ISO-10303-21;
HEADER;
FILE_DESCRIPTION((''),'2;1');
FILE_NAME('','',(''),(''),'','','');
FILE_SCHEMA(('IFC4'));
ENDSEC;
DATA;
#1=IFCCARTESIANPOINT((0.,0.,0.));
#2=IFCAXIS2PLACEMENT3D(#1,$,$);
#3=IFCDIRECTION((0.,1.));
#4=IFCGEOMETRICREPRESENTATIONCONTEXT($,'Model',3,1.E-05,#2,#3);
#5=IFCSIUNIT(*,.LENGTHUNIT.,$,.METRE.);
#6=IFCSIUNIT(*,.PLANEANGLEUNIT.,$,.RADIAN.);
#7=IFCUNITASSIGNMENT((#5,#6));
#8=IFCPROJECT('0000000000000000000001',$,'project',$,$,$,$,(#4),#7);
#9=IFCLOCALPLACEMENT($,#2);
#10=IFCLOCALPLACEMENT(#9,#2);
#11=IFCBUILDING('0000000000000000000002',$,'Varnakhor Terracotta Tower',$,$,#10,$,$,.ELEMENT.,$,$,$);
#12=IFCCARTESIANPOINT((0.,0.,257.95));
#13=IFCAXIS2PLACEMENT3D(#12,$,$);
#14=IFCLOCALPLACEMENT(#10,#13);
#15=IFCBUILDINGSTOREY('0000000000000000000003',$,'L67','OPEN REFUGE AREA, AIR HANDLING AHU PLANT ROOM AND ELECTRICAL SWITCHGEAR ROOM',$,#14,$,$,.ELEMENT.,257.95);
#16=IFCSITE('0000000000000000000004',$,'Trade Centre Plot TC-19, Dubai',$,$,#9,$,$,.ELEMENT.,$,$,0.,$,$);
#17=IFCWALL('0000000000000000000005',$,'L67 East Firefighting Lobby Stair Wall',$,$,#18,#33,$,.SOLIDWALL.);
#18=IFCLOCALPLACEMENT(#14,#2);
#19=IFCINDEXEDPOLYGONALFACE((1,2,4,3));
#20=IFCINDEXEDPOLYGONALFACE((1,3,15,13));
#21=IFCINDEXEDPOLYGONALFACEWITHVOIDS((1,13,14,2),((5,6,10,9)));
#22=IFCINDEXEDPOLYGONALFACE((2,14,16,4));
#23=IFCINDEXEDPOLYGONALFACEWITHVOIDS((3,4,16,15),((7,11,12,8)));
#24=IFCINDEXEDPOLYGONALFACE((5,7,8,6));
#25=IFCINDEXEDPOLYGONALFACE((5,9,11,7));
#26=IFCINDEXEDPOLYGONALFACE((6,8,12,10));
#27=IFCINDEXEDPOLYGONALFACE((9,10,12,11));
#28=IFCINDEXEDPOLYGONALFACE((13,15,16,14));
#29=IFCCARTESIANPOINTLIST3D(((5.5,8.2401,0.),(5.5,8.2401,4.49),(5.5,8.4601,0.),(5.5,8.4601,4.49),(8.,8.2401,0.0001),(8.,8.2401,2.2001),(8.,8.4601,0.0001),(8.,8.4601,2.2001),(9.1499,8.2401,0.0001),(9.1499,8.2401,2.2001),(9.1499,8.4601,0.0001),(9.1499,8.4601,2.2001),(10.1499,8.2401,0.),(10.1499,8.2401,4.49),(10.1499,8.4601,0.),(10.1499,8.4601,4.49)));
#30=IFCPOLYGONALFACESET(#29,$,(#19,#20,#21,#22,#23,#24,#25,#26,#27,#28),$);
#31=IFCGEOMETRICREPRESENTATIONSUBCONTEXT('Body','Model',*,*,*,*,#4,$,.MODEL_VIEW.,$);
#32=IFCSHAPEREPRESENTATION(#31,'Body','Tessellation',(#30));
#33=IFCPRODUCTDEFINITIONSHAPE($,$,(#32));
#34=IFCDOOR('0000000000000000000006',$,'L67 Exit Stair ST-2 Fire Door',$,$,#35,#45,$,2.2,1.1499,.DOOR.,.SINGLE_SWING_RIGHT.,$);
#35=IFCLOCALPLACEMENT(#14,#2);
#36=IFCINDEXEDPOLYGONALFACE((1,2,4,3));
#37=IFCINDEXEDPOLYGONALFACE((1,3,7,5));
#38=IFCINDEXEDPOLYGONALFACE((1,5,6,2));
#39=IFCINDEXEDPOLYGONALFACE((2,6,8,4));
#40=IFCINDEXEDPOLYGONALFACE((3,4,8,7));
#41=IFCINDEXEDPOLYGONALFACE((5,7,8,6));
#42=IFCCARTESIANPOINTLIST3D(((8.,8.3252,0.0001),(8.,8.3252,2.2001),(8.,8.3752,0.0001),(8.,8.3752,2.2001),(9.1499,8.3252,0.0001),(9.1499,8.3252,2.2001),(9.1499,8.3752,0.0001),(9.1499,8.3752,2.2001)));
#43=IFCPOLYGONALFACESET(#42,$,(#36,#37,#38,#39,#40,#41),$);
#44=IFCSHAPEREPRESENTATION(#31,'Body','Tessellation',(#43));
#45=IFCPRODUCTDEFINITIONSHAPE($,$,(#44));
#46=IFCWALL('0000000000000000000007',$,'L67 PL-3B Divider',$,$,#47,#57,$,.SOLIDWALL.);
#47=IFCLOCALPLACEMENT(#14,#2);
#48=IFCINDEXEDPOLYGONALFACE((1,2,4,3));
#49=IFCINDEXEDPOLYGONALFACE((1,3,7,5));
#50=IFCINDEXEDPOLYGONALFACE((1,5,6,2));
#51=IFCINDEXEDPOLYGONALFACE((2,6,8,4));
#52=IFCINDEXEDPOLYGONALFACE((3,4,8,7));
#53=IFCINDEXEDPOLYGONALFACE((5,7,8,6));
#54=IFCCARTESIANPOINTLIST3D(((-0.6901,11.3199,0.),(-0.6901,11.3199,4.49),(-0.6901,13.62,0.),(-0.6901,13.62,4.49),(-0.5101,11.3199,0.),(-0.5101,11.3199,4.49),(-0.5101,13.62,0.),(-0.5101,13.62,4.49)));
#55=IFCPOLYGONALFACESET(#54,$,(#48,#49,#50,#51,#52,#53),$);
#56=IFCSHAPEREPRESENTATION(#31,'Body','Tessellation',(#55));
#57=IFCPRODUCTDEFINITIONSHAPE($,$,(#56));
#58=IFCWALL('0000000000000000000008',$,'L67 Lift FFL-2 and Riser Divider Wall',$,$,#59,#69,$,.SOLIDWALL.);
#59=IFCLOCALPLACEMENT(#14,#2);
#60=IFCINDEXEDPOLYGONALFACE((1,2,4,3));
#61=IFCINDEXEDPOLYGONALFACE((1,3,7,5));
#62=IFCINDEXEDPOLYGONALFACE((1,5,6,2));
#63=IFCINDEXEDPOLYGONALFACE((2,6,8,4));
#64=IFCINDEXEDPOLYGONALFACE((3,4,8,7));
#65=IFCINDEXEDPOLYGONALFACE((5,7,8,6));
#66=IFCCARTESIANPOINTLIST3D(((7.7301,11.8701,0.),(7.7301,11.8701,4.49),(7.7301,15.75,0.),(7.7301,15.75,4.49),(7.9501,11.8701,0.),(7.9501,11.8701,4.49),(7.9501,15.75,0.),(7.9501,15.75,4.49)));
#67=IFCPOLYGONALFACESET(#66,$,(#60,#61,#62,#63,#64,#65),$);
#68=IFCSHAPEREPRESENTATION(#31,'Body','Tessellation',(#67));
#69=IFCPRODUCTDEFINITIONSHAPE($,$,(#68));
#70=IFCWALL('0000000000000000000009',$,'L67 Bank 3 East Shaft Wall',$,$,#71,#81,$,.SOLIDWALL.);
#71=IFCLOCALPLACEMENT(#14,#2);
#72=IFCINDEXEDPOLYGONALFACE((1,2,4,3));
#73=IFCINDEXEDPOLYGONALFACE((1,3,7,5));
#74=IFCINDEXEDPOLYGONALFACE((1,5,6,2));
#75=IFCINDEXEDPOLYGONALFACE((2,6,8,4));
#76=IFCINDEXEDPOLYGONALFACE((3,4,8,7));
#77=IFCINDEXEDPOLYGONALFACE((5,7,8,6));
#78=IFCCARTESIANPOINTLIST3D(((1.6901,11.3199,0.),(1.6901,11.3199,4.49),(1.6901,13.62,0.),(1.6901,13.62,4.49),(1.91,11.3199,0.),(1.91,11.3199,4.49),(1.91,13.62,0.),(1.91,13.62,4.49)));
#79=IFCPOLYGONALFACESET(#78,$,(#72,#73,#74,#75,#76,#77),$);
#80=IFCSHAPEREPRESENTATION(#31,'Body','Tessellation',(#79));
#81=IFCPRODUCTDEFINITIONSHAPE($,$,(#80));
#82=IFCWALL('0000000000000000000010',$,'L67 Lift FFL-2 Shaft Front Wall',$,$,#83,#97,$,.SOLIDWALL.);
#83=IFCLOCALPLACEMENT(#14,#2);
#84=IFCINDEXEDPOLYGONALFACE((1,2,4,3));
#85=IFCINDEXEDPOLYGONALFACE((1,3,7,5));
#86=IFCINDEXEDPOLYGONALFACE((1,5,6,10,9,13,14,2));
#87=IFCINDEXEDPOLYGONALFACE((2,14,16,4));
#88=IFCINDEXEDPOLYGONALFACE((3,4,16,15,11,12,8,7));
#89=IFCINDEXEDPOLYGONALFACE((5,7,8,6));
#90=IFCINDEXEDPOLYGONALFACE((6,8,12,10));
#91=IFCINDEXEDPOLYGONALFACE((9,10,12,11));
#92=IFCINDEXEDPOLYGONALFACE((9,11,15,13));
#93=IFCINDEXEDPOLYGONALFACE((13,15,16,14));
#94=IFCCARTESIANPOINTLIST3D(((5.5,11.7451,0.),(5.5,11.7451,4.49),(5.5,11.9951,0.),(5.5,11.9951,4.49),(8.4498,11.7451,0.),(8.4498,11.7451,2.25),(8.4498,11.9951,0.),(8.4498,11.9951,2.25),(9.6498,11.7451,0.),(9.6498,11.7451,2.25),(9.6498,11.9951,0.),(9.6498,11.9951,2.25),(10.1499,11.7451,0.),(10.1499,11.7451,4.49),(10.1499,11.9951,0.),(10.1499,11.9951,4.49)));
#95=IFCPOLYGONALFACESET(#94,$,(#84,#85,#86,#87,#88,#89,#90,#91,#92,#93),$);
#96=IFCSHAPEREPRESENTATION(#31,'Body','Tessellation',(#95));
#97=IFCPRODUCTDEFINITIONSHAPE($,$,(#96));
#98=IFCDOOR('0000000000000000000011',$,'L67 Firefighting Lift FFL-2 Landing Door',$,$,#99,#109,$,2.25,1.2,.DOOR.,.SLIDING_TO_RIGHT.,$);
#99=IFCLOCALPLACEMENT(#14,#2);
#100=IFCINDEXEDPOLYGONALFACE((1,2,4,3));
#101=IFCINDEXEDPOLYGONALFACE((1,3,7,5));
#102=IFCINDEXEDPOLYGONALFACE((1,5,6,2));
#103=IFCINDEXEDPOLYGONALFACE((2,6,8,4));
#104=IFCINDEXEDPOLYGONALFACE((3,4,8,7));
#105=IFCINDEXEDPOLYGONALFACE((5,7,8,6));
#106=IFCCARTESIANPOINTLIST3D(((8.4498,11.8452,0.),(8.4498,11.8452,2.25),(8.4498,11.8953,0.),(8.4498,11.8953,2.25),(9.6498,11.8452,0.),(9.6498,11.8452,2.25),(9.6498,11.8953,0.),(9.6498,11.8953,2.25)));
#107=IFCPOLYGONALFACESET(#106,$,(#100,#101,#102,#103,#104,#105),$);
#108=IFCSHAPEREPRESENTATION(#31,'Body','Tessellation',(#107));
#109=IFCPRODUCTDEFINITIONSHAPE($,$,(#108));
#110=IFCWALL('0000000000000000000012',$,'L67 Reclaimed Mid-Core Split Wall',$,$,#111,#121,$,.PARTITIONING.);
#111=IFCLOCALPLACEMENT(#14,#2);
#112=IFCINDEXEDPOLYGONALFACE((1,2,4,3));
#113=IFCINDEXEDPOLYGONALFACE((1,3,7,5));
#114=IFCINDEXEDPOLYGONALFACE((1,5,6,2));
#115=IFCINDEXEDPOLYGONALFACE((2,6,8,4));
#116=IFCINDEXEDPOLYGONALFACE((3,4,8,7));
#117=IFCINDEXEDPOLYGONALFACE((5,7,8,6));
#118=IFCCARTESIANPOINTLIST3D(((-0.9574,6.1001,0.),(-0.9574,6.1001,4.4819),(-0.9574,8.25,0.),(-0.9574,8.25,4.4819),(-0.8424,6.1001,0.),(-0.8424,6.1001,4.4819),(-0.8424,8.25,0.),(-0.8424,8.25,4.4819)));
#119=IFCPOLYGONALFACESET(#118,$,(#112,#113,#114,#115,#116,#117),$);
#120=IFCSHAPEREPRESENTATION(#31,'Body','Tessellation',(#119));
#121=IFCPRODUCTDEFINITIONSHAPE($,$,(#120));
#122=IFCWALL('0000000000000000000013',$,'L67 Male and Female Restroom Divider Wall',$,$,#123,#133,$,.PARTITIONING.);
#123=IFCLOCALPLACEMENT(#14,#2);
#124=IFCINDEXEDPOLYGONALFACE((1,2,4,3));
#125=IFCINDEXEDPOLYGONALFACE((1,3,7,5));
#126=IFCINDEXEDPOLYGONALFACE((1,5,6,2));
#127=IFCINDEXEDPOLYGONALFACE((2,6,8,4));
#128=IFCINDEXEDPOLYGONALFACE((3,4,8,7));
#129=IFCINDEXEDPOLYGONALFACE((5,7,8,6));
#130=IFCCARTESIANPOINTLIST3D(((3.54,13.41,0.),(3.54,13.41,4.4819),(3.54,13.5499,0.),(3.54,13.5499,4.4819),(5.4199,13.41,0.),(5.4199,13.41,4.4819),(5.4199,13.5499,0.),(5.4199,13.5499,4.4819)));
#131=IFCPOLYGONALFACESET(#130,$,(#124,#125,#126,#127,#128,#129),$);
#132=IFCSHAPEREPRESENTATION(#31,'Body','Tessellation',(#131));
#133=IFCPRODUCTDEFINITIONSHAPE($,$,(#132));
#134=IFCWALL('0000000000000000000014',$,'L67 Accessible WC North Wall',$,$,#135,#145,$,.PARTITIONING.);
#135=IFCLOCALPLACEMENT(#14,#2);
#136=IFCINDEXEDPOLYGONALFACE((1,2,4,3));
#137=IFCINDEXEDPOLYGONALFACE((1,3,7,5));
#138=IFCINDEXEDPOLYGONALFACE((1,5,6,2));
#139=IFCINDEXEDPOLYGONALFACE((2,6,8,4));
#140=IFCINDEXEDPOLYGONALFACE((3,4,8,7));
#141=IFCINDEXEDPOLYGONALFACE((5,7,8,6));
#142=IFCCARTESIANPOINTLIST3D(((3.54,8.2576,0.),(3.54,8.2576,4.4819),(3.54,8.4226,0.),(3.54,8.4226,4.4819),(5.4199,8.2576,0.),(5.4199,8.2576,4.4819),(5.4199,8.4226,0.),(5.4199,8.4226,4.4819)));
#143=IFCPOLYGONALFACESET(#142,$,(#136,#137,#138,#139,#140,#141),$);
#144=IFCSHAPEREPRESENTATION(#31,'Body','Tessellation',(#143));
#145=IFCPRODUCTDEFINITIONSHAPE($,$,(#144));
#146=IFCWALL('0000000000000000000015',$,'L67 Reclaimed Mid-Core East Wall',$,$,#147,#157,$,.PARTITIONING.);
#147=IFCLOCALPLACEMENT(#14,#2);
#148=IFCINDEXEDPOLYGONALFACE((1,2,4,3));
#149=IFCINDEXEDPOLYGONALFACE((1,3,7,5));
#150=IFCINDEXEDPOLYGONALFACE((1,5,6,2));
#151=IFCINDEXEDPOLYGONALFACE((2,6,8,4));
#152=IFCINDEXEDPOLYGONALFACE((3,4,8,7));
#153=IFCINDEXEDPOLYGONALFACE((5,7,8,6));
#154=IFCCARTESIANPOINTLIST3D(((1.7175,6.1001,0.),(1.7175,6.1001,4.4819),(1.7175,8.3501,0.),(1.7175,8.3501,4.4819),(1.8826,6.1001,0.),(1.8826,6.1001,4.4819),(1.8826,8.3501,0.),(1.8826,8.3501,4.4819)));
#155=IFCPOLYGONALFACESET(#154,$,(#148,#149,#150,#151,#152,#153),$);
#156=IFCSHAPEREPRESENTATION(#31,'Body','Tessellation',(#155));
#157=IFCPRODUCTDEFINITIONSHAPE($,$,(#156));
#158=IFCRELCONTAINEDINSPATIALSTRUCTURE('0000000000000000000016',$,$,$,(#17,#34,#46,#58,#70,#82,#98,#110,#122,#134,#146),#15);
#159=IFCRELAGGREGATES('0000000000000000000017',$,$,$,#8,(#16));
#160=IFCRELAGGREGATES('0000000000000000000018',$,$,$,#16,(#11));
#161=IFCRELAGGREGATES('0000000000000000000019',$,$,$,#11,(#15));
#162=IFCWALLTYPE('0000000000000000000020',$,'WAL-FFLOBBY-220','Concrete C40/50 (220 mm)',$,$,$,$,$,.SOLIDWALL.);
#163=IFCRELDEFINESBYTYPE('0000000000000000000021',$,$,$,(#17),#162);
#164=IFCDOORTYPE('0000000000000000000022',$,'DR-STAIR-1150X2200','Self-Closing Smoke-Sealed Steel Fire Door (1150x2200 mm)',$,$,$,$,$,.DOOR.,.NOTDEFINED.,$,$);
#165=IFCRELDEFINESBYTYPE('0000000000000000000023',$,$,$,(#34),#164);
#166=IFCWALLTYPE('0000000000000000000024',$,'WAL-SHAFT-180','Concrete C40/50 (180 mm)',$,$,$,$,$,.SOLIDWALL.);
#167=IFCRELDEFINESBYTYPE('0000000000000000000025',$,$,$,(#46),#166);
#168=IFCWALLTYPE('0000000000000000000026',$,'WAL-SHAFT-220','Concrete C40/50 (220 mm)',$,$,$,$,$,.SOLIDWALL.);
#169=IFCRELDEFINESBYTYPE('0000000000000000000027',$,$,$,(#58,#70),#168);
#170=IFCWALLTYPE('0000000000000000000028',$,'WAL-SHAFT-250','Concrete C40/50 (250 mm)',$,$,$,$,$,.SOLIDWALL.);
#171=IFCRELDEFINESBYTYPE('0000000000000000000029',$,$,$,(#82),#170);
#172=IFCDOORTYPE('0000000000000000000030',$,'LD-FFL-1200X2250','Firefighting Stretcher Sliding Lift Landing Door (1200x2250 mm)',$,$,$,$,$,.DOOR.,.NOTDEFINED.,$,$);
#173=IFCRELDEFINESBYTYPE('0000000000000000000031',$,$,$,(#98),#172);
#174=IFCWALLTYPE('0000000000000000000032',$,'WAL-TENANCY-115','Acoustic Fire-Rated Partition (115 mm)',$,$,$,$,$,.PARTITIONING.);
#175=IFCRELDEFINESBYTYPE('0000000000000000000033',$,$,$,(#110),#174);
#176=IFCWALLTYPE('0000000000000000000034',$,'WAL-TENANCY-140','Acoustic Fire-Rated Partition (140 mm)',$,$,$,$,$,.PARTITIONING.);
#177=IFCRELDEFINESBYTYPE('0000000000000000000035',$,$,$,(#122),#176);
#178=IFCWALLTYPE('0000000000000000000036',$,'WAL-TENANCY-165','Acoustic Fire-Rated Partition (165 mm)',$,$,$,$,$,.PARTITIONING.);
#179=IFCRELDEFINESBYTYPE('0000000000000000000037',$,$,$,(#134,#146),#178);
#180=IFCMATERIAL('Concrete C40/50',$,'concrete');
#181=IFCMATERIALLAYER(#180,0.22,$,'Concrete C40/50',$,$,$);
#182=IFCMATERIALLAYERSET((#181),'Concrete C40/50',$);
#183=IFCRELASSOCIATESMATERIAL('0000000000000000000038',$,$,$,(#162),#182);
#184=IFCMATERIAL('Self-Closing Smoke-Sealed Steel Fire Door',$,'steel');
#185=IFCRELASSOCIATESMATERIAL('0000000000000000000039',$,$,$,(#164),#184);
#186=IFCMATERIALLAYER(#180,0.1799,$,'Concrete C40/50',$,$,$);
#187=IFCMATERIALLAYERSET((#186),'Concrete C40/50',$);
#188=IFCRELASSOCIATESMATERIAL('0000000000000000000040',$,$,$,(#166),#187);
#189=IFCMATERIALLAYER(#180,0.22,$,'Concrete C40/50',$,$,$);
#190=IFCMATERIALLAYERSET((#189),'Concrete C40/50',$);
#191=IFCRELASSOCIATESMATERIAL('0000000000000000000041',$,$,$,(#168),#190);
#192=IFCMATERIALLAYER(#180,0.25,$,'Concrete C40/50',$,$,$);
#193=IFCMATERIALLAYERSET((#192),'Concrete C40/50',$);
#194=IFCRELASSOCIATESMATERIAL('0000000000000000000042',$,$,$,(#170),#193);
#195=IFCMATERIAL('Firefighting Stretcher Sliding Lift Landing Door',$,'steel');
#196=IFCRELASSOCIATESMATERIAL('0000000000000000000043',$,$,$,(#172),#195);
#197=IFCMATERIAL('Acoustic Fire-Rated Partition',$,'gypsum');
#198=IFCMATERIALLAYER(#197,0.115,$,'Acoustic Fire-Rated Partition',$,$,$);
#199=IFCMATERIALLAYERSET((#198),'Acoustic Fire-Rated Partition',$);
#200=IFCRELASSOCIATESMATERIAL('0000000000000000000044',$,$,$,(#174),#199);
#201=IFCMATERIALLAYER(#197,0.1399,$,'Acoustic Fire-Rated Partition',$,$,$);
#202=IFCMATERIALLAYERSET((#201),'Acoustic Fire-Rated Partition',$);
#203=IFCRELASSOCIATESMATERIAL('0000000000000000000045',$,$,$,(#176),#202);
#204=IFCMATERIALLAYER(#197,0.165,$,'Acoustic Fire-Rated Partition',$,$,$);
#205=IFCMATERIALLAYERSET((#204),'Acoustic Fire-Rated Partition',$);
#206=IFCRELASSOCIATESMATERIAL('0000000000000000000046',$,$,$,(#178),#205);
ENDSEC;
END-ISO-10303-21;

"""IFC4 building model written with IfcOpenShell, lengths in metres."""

from ifc_helpers import new_model, si_unit, direction, frame, frame_2d, origin, place, context, subcontext, project, spatial, rectangle, extrude, source, transform, mapped, material, layer, layer_set, type_object, type_shapes, element, fill, save


model = new_model("IFC4")

# Units and contexts
model_context = context("Model", 3, precision=1e-05, world=origin(), true_north=direction((0.0, 1.0)))
body_context = subcontext(model_context, "Body", "Model", "MODEL_VIEW")
ifc_project = project(units=[si_unit("LENGTHUNIT", "METRE"), si_unit("PLANEANGLEUNIT", "RADIAN")], contexts=[model_context])

# Site, building, storey
site_placement = place(None, origin())
site = spatial("IfcSite", under=ifc_project, at=site_placement, Name="Trade Centre Plot TC-19, Dubai", CompositionType="ELEMENT", RefElevation=0.0)
building_placement = place(site_placement, origin())
building = spatial("IfcBuilding", under=site, at=building_placement, Name="Varnakhor Terracotta Tower", CompositionType="ELEMENT")
storey_placement = place(building_placement, frame((0.0, 0.0, 257.95)))
storey = spatial("IfcBuildingStorey", under=building, at=storey_placement, Name="L67", Description="OPEN REFUGE AREA, AIR HANDLING AHU PLANT ROOM AND ELECTRICAL SWITCHGEAR ROOM", CompositionType="ELEMENT", Elevation=257.95)

# Wall, opening, door
ifc_material_1 = material(Name="Concrete C40/50", Category="concrete")
ifc_layer_1 = layer(ifc_material_1, 0.22, Name="Concrete C40/50")
ifc_layer_set_1 = layer_set([ifc_layer_1], Name="Concrete C40/50")
wall_type_1 = type_object("IfcWallType", Name="WAL-FFLOBBY-220", Description="Concrete C40/50 (220 mm)", PredefinedType="SOLIDWALL", material=ifc_layer_set_1)
wall_1_placement = place(storey_placement, frame((10.1499, 8.3501, 0.0), z_axis=(0.0, 0.0, 1.0), x_axis=(-1.0, 0.0, 0.0)))
wall_1 = element("IfcWall", 1, at=wall_1_placement, inside=storey, type_object=wall_type_1, Name="L67 East Firefighting Lobby Stair Wall", PredefinedType="SOLIDWALL", context=body_context, shape_type="SweptSolid", body=[
    extrude(rectangle(XDim=4.6499, YDim=0.22, at=frame_2d((2.325, 0.0))), origin(), (0.0, 0.0, 1.0), 4.49),
])
opening_1_placement = place(wall_1_placement, frame((1.0, 0.0, 0.0)))
opening_1 = element("IfcOpeningElement", 2, at=opening_1_placement, cuts=wall_1, PredefinedType="OPENING", context=body_context, shape_type="SweptSolid", body=[
    extrude(rectangle(XDim=1.1499, YDim=2.2, at=frame_2d((0.575, 1.1001))), frame((0.0, 0.1201, 0.0), z_axis=(0.0, -1.0, 0.0), x_axis=(1.0, 0.0, 0.0)), (0.0, 0.0, 1.0), 0.24),
])
ifc_material_2 = material(Name="Self-Closing Smoke-Sealed Steel Fire Door", Category="steel")
door_type_1 = type_object("IfcDoorType", Name="DR-STAIR-1150X2200", Description="Self-Closing Smoke-Sealed Steel Fire Door (1150x2200 mm)", OperationType="NOTDEFINED", PredefinedType="DOOR", material=ifc_material_2)
shared_shape_1 = source(origin(), body_context, "Body", "SweptSolid", [
    extrude(rectangle(XDim=1.1499, YDim=2.2, at=frame_2d((0.575, 1.1001))), frame((0.0, 0.0249, 0.0), z_axis=(0.0, -1.0, 0.0), x_axis=(1.0, 0.0, 0.0)), (0.0, 0.0, 1.0), 0.05),
])
type_shapes(door_type_1, [shared_shape_1])
door_1_placement = place(opening_1_placement, origin())
door_1 = element("IfcDoor", 3, at=door_1_placement, inside=storey, type_object=door_type_1, Name="L67 Exit Stair ST-2 Fire Door", OperationType="SINGLE_SWING_RIGHT", OverallHeight=2.2, OverallWidth=1.1499, PredefinedType="DOOR", context=body_context, shape_type="MappedRepresentation", body=[
    mapped(shared_shape_1, transform((0.0, 0.0, 0.0), scale=1.0)),
])
fill(opening_1, door_1)

# Walls
ifc_layer_2 = layer(ifc_material_1, 0.1799, Name="Concrete C40/50")
ifc_layer_set_2 = layer_set([ifc_layer_2], Name="Concrete C40/50")
wall_type_2 = type_object("IfcWallType", Name="WAL-SHAFT-180", Description="Concrete C40/50 (180 mm)", PredefinedType="SOLIDWALL", material=ifc_layer_set_2)
wall_2_placement = place(storey_placement, frame((-0.6001, 11.3201, 0.0), z_axis=(0.0, 0.0, 1.0), x_axis=(0.0, 1.0, 0.0)))
element("IfcWall", 4, at=wall_2_placement, inside=storey, type_object=wall_type_2, Name="L67 PL-3B Divider", PredefinedType="SOLIDWALL", context=body_context, shape_type="SweptSolid", body=[
    extrude(rectangle(XDim=2.3, YDim=0.1799, at=frame_2d((1.1499, 0.0))), origin(), (0.0, 0.0, 1.0), 4.49),
])
ifc_layer_3 = layer(ifc_material_1, 0.22, Name="Concrete C40/50")
ifc_layer_set_3 = layer_set([ifc_layer_3], Name="Concrete C40/50")
wall_type_3 = type_object("IfcWallType", Name="WAL-SHAFT-220", Description="Concrete C40/50 (220 mm)", PredefinedType="SOLIDWALL", material=ifc_layer_set_3)
wall_3_placement = place(storey_placement, frame((7.8401, 11.8701, 0.0), z_axis=(0.0, 0.0, 1.0), x_axis=(0.0, 1.0, 0.0)))
element("IfcWall", 5, at=wall_3_placement, inside=storey, type_object=wall_type_3, Name="L67 Lift FFL-2 and Riser Divider Wall", PredefinedType="SOLIDWALL", context=body_context, shape_type="SweptSolid", body=[
    extrude(rectangle(XDim=3.8799, YDim=0.22, at=frame_2d((1.9399, 0.0))), origin(), (0.0, 0.0, 1.0), 4.49),
])
wall_4_placement = place(storey_placement, frame((1.8, 11.3201, 0.0), z_axis=(0.0, 0.0, 1.0), x_axis=(0.0, 1.0, 0.0)))
element("IfcWall", 6, at=wall_4_placement, inside=storey, type_object=wall_type_3, Name="L67 Bank 3 East Shaft Wall", PredefinedType="SOLIDWALL", context=body_context, shape_type="SweptSolid", body=[
    extrude(rectangle(XDim=2.3, YDim=0.22, at=frame_2d((1.1499, 0.0))), origin(), (0.0, 0.0, 1.0), 4.49),
])

# Wall, opening, door
ifc_layer_4 = layer(ifc_material_1, 0.25, Name="Concrete C40/50")
ifc_layer_set_4 = layer_set([ifc_layer_4], Name="Concrete C40/50")
wall_type_4 = type_object("IfcWallType", Name="WAL-SHAFT-250", Description="Concrete C40/50 (250 mm)", PredefinedType="SOLIDWALL", material=ifc_layer_set_4)
wall_5_placement = place(storey_placement, frame((10.1499, 11.8701, 0.0), z_axis=(0.0, 0.0, 1.0), x_axis=(-1.0, 0.0, 0.0)))
wall_5 = element("IfcWall", 7, at=wall_5_placement, inside=storey, type_object=wall_type_4, Name="L67 Lift FFL-2 Shaft Front Wall", PredefinedType="SOLIDWALL", context=body_context, shape_type="SweptSolid", body=[
    extrude(rectangle(XDim=4.6499, YDim=0.25, at=frame_2d((2.325, 0.0))), origin(), (0.0, 0.0, 1.0), 4.49),
])
opening_2_placement = place(wall_5_placement, frame((0.5, 0.0, 0.0)))
opening_2 = element("IfcOpeningElement", 8, at=opening_2_placement, cuts=wall_5, PredefinedType="OPENING", context=body_context, shape_type="SweptSolid", body=[
    extrude(rectangle(XDim=1.2, YDim=2.25, at=frame_2d((0.6001, 1.125))), frame((0.0, 0.135, 0.0), z_axis=(0.0, -1.0, 0.0), x_axis=(1.0, 0.0, 0.0)), (0.0, 0.0, 1.0), 0.27),
])
ifc_material_3 = material(Name="Firefighting Stretcher Sliding Lift Landing Door", Category="steel")
door_type_2 = type_object("IfcDoorType", Name="LD-FFL-1200X2250", Description="Firefighting Stretcher Sliding Lift Landing Door (1200x2250 mm)", OperationType="NOTDEFINED", PredefinedType="DOOR", material=ifc_material_3)
shared_shape_2 = source(origin(), body_context, "Body", "SweptSolid", [
    extrude(rectangle(XDim=1.2, YDim=2.25, at=frame_2d((0.6001, 1.125))), frame((0.0, 0.0249, 0.0), z_axis=(0.0, -1.0, 0.0), x_axis=(1.0, 0.0, 0.0)), (0.0, 0.0, 1.0), 0.05),
])
type_shapes(door_type_2, [shared_shape_2])
door_2_placement = place(opening_2_placement, origin())
door_2 = element("IfcDoor", 9, at=door_2_placement, inside=storey, type_object=door_type_2, Name="L67 Firefighting Lift FFL-2 Landing Door", OperationType="SLIDING_TO_RIGHT", OverallHeight=2.25, OverallWidth=1.2, PredefinedType="DOOR", context=body_context, shape_type="MappedRepresentation", body=[
    mapped(shared_shape_2, transform((0.0, 0.0, 0.0), scale=1.0)),
])
fill(opening_2, door_2)

# Walls
ifc_material_4 = material(Name="Acoustic Fire-Rated Partition", Category="gypsum")
ifc_layer_5 = layer(ifc_material_4, 0.115, Name="Acoustic Fire-Rated Partition")
ifc_layer_set_5 = layer_set([ifc_layer_5], Name="Acoustic Fire-Rated Partition")
wall_type_5 = type_object("IfcWallType", Name="WAL-TENANCY-115", Description="Acoustic Fire-Rated Partition (115 mm)", PredefinedType="PARTITIONING", material=ifc_layer_set_5)
wall_6_placement = place(storey_placement, frame((-0.8999, 6.1001, 0.0), z_axis=(0.0, 0.0, 1.0), x_axis=(0.0, 1.0, 0.0)))
element("IfcWall", 10, at=wall_6_placement, inside=storey, type_object=wall_type_5, Name="L67 Reclaimed Mid-Core Split Wall", PredefinedType="PARTITIONING", context=body_context, shape_type="SweptSolid", body=[
    extrude(rectangle(XDim=2.1499, YDim=0.115, at=frame_2d((1.075, 0.0))), origin(), (0.0, 0.0, 1.0), 4.4819),
])
ifc_layer_6 = layer(ifc_material_4, 0.1399, Name="Acoustic Fire-Rated Partition")
ifc_layer_set_6 = layer_set([ifc_layer_6], Name="Acoustic Fire-Rated Partition")
wall_type_6 = type_object("IfcWallType", Name="WAL-TENANCY-140", Description="Acoustic Fire-Rated Partition (140 mm)", PredefinedType="PARTITIONING", material=ifc_layer_set_6)
wall_7_placement = place(storey_placement, frame((3.54, 13.48, 0.0), z_axis=(0.0, 0.0, 1.0), x_axis=(1.0, 0.0, 0.0)))
element("IfcWall", 11, at=wall_7_placement, inside=storey, type_object=wall_type_6, Name="L67 Male and Female Restroom Divider Wall", PredefinedType="PARTITIONING", context=body_context, shape_type="SweptSolid", body=[
    extrude(rectangle(XDim=1.8799, YDim=0.1399, at=frame_2d((0.9399, 0.0))), origin(), (0.0, 0.0, 1.0), 4.4819),
])
ifc_layer_7 = layer(ifc_material_4, 0.165, Name="Acoustic Fire-Rated Partition")
ifc_layer_set_7 = layer_set([ifc_layer_7], Name="Acoustic Fire-Rated Partition")
wall_type_7 = type_object("IfcWallType", Name="WAL-TENANCY-165", Description="Acoustic Fire-Rated Partition (165 mm)", PredefinedType="PARTITIONING", material=ifc_layer_set_7)
wall_8_placement = place(storey_placement, frame((3.54, 8.3401, 0.0), z_axis=(0.0, 0.0, 1.0), x_axis=(1.0, 0.0, 0.0)))
element("IfcWall", 12, at=wall_8_placement, inside=storey, type_object=wall_type_7, Name="L67 Accessible WC North Wall", PredefinedType="PARTITIONING", context=body_context, shape_type="SweptSolid", body=[
    extrude(rectangle(XDim=1.8799, YDim=0.165, at=frame_2d((0.9399, 0.0))), origin(), (0.0, 0.0, 1.0), 4.4819),
])
wall_9_placement = place(storey_placement, frame((1.8, 6.1001, 0.0), z_axis=(0.0, 0.0, 1.0), x_axis=(0.0, 1.0, 0.0)))
element("IfcWall", 13, at=wall_9_placement, inside=storey, type_object=wall_type_7, Name="L67 Reclaimed Mid-Core East Wall", PredefinedType="PARTITIONING", context=body_context, shape_type="SweptSolid", body=[
    extrude(rectangle(XDim=2.25, YDim=0.165, at=frame_2d((1.125, 0.0))), origin(), (0.0, 0.0, 1.0), 4.4819),
])

save(model, "model.ifc")
